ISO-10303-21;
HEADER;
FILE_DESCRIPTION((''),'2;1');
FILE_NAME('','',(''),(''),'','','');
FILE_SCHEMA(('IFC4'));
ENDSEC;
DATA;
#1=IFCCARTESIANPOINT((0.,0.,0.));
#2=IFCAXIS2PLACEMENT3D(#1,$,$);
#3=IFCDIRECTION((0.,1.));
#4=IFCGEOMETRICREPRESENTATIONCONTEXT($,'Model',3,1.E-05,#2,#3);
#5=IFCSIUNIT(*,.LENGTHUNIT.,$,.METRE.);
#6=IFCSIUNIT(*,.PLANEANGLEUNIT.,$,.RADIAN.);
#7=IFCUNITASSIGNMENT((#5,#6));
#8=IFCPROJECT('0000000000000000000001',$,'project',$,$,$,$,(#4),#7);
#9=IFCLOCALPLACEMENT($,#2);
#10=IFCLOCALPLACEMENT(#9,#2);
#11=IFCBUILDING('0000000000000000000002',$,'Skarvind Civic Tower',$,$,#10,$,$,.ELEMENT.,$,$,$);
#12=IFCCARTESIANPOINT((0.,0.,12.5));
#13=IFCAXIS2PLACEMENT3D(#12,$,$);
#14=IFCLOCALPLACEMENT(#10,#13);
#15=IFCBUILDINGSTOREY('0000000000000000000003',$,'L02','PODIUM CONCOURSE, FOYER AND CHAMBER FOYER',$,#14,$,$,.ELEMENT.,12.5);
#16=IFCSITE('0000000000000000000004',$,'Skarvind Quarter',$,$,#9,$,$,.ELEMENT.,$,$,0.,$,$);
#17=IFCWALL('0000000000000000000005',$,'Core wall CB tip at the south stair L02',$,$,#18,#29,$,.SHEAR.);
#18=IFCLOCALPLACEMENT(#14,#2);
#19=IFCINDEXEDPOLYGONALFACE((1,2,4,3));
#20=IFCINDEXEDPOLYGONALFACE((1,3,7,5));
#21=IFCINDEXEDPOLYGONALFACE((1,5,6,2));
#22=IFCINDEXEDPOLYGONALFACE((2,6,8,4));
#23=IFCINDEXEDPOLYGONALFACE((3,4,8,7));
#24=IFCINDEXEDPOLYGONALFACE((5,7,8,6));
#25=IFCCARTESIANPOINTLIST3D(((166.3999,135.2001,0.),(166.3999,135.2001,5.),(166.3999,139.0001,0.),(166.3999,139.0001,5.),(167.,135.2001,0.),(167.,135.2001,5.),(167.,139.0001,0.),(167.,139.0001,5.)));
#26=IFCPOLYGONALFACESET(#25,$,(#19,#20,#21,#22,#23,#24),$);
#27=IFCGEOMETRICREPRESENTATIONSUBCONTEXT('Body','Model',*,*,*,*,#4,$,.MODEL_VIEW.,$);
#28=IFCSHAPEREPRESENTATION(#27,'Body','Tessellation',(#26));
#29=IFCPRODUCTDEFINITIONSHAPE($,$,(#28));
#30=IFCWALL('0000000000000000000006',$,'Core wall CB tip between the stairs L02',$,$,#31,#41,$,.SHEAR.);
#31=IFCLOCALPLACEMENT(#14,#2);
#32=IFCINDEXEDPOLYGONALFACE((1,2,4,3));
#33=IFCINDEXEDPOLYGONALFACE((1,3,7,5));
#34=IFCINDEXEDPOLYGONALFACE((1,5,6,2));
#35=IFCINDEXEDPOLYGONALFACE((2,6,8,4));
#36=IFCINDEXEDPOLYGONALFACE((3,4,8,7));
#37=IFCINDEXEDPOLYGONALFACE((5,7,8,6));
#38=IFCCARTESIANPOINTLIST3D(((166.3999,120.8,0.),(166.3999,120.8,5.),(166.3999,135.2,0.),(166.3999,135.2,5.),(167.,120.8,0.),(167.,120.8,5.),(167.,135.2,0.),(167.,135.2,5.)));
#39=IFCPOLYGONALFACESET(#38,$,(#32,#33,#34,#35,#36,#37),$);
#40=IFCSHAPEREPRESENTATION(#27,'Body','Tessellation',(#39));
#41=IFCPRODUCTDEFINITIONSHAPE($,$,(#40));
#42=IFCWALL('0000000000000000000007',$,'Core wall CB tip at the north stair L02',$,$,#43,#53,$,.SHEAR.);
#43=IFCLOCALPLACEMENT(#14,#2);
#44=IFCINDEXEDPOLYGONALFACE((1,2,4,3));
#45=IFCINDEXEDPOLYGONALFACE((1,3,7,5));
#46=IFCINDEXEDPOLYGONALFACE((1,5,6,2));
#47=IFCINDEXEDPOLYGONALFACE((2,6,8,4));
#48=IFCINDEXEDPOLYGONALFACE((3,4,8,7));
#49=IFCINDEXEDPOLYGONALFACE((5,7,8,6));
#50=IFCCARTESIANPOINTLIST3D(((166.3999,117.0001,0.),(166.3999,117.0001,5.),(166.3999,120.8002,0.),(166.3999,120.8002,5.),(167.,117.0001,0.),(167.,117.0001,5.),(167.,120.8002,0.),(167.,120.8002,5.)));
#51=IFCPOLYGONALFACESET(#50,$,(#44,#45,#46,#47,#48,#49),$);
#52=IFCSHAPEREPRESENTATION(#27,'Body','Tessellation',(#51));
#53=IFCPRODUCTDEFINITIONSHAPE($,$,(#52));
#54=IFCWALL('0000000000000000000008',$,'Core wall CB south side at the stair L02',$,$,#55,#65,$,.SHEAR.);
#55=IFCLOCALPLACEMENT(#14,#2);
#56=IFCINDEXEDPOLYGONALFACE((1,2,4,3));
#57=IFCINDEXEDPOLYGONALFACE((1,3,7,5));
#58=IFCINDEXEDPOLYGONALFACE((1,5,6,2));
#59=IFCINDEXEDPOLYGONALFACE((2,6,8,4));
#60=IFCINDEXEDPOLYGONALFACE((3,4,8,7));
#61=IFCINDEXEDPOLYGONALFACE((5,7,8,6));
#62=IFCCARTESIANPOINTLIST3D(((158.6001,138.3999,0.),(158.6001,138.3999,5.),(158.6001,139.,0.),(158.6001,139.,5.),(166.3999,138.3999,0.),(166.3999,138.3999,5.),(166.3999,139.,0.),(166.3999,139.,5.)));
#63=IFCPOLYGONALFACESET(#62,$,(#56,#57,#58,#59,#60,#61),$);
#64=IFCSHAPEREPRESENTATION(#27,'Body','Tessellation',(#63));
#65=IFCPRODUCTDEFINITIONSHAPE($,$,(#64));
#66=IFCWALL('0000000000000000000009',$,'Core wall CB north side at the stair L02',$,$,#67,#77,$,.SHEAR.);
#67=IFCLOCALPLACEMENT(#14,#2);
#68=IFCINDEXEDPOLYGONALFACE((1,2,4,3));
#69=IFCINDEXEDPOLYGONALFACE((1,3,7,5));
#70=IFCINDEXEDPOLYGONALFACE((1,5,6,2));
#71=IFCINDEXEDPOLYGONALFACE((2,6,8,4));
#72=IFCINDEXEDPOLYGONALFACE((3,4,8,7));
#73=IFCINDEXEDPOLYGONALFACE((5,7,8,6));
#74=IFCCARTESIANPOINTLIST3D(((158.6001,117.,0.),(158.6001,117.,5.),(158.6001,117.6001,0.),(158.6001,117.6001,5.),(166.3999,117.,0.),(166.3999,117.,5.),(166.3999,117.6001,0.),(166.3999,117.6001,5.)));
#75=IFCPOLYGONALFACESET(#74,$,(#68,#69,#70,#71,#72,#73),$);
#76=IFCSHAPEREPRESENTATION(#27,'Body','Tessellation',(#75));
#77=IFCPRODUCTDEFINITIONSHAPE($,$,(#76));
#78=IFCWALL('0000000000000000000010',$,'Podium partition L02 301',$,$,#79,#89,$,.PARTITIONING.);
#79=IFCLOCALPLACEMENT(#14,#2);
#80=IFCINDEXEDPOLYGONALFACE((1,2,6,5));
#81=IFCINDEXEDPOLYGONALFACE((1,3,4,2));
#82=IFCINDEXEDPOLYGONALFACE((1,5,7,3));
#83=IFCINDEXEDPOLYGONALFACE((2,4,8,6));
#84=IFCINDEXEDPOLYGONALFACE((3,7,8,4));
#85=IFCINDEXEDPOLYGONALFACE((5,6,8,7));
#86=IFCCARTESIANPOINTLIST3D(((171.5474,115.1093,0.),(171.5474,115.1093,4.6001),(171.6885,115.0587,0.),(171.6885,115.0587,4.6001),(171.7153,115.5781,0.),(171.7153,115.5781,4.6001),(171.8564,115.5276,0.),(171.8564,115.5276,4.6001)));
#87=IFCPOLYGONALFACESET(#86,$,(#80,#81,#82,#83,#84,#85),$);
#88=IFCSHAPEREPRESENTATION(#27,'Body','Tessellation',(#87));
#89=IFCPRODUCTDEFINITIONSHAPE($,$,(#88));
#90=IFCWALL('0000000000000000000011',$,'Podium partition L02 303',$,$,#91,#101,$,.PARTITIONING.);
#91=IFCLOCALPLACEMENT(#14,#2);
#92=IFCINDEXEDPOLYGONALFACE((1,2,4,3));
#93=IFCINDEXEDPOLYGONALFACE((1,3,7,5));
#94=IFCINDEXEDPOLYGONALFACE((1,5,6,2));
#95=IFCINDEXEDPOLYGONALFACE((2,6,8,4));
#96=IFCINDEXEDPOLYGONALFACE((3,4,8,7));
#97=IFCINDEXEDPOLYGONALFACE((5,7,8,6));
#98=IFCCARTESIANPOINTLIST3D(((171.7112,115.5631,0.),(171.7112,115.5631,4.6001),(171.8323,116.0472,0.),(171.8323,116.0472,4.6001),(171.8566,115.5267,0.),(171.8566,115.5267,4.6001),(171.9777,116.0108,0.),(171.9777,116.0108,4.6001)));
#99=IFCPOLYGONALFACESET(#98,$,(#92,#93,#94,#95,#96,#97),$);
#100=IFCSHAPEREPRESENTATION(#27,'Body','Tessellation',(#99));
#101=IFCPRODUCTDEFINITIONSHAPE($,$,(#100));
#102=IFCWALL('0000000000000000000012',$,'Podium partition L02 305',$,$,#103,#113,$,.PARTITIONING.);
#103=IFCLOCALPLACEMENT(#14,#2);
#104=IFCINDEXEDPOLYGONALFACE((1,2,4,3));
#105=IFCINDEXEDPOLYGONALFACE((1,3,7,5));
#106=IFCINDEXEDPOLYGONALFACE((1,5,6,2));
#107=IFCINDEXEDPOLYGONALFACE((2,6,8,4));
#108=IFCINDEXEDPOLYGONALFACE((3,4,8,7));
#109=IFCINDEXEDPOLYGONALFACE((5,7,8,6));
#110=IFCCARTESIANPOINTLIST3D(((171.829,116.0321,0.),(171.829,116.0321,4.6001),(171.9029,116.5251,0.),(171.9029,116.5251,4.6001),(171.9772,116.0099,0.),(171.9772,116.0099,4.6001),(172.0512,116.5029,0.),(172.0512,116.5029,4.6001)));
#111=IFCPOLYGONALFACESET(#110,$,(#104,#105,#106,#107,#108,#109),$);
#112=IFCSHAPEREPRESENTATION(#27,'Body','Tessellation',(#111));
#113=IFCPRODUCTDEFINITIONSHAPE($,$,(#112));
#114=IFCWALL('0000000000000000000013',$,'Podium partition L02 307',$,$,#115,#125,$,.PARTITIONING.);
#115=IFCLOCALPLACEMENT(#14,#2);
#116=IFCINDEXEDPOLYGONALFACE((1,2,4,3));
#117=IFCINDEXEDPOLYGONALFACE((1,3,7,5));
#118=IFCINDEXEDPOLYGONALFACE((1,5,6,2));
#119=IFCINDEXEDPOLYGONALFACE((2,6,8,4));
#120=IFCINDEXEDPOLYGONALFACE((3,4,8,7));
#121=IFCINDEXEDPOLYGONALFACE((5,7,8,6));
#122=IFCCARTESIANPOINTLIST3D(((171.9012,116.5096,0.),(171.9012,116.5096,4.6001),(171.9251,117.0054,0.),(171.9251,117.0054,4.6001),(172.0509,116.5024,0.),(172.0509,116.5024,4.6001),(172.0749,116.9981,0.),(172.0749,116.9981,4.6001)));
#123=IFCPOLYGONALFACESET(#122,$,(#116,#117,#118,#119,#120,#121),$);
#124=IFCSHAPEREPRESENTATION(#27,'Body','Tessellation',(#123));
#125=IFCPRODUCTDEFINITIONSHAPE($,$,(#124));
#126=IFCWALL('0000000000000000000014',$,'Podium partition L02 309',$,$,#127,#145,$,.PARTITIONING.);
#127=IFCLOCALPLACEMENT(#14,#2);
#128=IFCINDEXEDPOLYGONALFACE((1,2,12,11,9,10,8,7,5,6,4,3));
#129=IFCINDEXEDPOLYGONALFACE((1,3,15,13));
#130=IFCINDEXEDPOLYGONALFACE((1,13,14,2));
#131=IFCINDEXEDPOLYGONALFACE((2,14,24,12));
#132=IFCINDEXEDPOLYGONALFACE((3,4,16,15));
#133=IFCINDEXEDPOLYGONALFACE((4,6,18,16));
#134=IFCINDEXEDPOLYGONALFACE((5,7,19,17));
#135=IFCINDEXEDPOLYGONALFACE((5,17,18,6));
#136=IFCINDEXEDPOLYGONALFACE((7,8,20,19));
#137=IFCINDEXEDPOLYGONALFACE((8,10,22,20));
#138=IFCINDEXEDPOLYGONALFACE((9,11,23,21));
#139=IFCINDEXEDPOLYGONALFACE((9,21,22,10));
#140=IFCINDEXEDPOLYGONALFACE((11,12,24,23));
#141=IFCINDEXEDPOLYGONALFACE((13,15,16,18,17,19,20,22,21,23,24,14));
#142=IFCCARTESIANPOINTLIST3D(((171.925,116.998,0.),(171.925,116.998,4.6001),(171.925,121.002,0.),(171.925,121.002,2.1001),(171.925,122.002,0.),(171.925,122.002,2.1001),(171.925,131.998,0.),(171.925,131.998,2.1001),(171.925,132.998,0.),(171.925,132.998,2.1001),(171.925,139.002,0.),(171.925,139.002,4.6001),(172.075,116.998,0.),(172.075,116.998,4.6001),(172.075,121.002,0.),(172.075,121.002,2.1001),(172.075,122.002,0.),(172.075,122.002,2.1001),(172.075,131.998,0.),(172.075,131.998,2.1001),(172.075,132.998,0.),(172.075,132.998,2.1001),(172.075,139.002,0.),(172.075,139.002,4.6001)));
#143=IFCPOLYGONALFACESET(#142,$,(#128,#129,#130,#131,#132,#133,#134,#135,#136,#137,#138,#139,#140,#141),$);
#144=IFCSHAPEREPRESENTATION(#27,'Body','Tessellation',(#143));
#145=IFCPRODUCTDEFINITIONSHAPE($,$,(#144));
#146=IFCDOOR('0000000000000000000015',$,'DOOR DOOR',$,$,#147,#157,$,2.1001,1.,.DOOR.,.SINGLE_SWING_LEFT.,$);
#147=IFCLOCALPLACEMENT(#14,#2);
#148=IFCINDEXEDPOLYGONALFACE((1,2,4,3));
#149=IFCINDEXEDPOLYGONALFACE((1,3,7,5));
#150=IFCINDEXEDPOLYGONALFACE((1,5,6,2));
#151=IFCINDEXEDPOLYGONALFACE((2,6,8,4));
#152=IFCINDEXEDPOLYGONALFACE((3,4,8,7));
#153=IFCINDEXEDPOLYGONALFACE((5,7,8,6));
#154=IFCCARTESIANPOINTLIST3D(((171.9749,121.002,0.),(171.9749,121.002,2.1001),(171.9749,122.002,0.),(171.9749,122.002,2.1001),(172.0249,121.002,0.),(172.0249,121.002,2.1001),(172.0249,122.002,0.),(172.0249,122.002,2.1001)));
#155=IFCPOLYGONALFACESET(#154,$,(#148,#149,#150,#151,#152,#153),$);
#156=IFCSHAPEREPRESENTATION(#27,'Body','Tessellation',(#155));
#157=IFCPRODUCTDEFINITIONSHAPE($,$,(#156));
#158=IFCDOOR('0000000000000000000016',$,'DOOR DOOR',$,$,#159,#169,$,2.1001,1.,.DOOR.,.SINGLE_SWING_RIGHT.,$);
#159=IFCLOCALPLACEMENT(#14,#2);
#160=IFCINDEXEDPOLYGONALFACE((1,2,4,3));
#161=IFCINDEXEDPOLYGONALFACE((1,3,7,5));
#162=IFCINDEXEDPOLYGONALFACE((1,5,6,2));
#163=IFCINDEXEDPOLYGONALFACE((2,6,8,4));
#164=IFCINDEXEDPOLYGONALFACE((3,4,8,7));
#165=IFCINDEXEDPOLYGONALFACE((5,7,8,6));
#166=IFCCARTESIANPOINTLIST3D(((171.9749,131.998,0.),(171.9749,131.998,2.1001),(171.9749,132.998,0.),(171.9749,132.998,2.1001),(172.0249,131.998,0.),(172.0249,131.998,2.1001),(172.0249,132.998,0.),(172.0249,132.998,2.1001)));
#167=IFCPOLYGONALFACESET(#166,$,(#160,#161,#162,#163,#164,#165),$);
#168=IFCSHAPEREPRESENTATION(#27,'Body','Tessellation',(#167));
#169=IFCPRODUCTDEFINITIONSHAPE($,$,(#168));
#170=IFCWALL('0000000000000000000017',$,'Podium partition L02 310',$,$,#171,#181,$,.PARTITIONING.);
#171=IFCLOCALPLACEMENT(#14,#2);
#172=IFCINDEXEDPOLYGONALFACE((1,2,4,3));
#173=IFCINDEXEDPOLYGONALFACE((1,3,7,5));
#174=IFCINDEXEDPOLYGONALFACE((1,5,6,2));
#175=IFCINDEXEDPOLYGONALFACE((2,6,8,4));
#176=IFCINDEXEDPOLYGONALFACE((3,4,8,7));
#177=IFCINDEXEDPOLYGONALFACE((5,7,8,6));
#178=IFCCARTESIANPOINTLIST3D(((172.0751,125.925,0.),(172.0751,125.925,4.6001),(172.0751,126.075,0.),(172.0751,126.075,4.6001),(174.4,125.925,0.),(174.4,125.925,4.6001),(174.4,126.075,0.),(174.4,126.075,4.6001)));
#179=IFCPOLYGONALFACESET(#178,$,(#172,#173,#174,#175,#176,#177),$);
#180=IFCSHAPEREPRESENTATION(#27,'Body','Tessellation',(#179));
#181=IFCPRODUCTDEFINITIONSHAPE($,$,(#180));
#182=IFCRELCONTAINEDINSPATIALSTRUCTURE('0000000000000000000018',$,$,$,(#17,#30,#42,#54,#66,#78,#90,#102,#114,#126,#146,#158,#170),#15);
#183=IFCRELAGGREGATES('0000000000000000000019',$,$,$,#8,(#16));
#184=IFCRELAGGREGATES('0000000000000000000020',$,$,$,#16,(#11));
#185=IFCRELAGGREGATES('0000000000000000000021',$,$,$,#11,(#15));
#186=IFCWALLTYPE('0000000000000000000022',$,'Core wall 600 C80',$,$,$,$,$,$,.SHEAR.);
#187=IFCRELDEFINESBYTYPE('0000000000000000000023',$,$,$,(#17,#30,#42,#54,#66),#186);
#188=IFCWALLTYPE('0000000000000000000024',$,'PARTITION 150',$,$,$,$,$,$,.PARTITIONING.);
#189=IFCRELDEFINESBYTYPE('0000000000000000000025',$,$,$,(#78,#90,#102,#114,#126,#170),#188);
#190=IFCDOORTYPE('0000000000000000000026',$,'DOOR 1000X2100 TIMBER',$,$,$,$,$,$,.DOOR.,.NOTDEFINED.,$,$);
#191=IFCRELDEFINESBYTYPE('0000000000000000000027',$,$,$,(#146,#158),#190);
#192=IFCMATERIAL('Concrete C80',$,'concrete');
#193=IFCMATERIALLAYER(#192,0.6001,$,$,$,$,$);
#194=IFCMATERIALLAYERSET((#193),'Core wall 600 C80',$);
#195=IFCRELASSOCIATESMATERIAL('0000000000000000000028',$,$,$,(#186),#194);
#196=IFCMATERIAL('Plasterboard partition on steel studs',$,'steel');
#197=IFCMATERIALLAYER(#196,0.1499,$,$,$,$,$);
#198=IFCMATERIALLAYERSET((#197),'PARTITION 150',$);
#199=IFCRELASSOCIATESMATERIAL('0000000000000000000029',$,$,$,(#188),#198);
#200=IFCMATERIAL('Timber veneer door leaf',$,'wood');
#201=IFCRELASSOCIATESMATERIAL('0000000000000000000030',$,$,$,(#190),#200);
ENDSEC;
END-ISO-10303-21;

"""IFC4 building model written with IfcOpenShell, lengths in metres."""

from ifc_helpers import new_model, si_unit, direction, frame, frame_2d, origin, place, context, subcontext, project, spatial, rectangle, extrude, material, layer, layer_set, type_object, element, fill, save


model = new_model("IFC4")

# Units and contexts
model_context = context("Model", 3, precision=1e-05, world=origin(), true_north=direction((0.0, 1.0)))
body_context = subcontext(model_context, "Body", "Model", "MODEL_VIEW")
ifc_project = project(units=[si_unit("LENGTHUNIT", "METRE"), si_unit("PLANEANGLEUNIT", "RADIAN")], contexts=[model_context])

# Site, building, storey
site_placement = place(None, origin())
site = spatial("IfcSite", under=ifc_project, at=site_placement, Name="Skarvind Quarter", CompositionType="ELEMENT", RefElevation=0.0)
building_placement = place(site_placement, origin())
building = spatial("IfcBuilding", under=site, at=building_placement, Name="Skarvind Civic Tower", CompositionType="ELEMENT")
storey_placement = place(building_placement, frame((0.0, 0.0, 12.5)))
storey = spatial("IfcBuildingStorey", under=building, at=storey_placement, Name="L02", Description="PODIUM CONCOURSE, FOYER AND CHAMBER FOYER", CompositionType="ELEMENT", Elevation=12.5)

# Shared definitions
ifc_material_1 = material(Name="Concrete C80", Category="concrete")

# Walls
ifc_layer_1 = layer(ifc_material_1, 0.6001)
ifc_layer_set_1 = layer_set([ifc_layer_1], Name="Core wall 600 C80")
wall_type_1 = type_object("IfcWallType", Name="Core wall 600 C80", PredefinedType="SHEAR", material=ifc_layer_set_1)
wall_1_placement = place(storey_placement, frame((166.7, 139.0, 0.0), z_axis=(0.0, 0.0, 1.0), x_axis=(0.0, -1.0, 0.0)))
element("IfcWall", 1, at=wall_1_placement, inside=storey, type_object=wall_type_1, Name="Core wall CB tip at the south stair L02", PredefinedType="SHEAR", context=body_context, shape_type="SweptSolid", body=[
    extrude(rectangle(XDim=3.8, YDim=0.6001, at=frame_2d((1.8999, 0.0))), origin(), (0.0, 0.0, 1.0), 5.0),
])
wall_2_placement = place(storey_placement, frame((166.7, 135.2, 0.0), z_axis=(0.0, 0.0, 1.0), x_axis=(0.0, -1.0, 0.0)))
element("IfcWall", 2, at=wall_2_placement, inside=storey, type_object=wall_type_1, Name="Core wall CB tip between the stairs L02", PredefinedType="SHEAR", context=body_context, shape_type="SweptSolid", body=[
    extrude(rectangle(XDim=14.3999, YDim=0.6001, at=frame_2d((7.2, 0.0))), origin(), (0.0, 0.0, 1.0), 5.0),
])
wall_3_placement = place(storey_placement, frame((166.7, 120.8, 0.0), z_axis=(0.0, 0.0, 1.0), x_axis=(0.0, -1.0, 0.0)))
element("IfcWall", 3, at=wall_3_placement, inside=storey, type_object=wall_type_1, Name="Core wall CB tip at the north stair L02", PredefinedType="SHEAR", context=body_context, shape_type="SweptSolid", body=[
    extrude(rectangle(XDim=3.8, YDim=0.6001, at=frame_2d((1.8999, 0.0))), origin(), (0.0, 0.0, 1.0), 5.0),
])
for number, where, z_axis, x_axis, name in (
    (4, (166.3999, 138.7, 0.0), (0.0, 0.0, 1.0), (-1.0, 0.0, 0.0), "Core wall CB south side at the stair L02"),
    (5, (166.3999, 117.3, 0.0), (0.0, 0.0, 1.0), (-1.0, 0.0, 0.0), "Core wall CB north side at the stair L02"),
):
    element("IfcWall", number, at=place(storey_placement, frame(where, z_axis=z_axis, x_axis=x_axis)), inside=storey, type_object=wall_type_1, Name=name, PredefinedType="SHEAR", context=body_context, shape_type="SweptSolid", body=[
        extrude(rectangle(XDim=7.7998, YDim=0.6001, at=frame_2d((3.8999, 0.0))), origin(), (0.0, 0.0, 1.0), 5.0),
    ])
ifc_material_2 = material(Name="Plasterboard partition on steel studs", Category="steel")
ifc_layer_2 = layer(ifc_material_2, 0.1499)
ifc_layer_set_2 = layer_set([ifc_layer_2], Name="PARTITION 150")
wall_type_2 = type_object("IfcWallType", Name="PARTITION 150", PredefinedType="PARTITIONING", material=ifc_layer_set_2)
wall_4_placement = place(storey_placement, frame((171.6179, 115.084, 0.0), z_axis=(0.0, 0.0, 1.0), x_axis=(0.337174, 0.941442, 0.0)))
element("IfcWall", 6, at=wall_4_placement, inside=storey, type_object=wall_type_2, Name="Podium partition L02 301", PredefinedType="PARTITIONING", context=body_context, shape_type="SweptSolid", body=[
    extrude(rectangle(XDim=0.498, YDim=0.1499, at=frame_2d((0.249, 0.0))), origin(), (0.0, 0.0, 1.0), 4.6001),
])
wall_5_placement = place(storey_placement, frame((171.7839, 115.5449, 0.0), z_axis=(0.0, 0.0, 1.0), x_axis=(0.242651, 0.970114, 0.0)))
element("IfcWall", 7, at=wall_5_placement, inside=storey, type_object=wall_type_2, Name="Podium partition L02 303", PredefinedType="PARTITIONING", context=body_context, shape_type="SweptSolid", body=[
    extrude(rectangle(XDim=0.499, YDim=0.1499, at=frame_2d((0.2495, 0.0))), origin(), (0.0, 0.0, 1.0), 4.6001),
])
wall_6_placement = place(storey_placement, frame((171.9031, 116.021, 0.0), z_axis=(0.0, 0.0, 1.0), x_axis=(0.148412, 0.988926, 0.0)))
element("IfcWall", 8, at=wall_6_placement, inside=storey, type_object=wall_type_2, Name="Podium partition L02 305", PredefinedType="PARTITIONING", context=body_context, shape_type="SweptSolid", body=[
    extrude(rectangle(XDim=0.4985, YDim=0.1499, at=frame_2d((0.2493, 0.0))), origin(), (0.0, 0.0, 1.0), 4.6001),
])
wall_7_placement = place(storey_placement, frame((171.9761, 116.5061, 0.0), z_axis=(0.0, 0.0, 1.0), x_axis=(0.048196, 0.998838, 0.0)))
element("IfcWall", 9, at=wall_7_placement, inside=storey, type_object=wall_type_2, Name="Podium partition L02 307", PredefinedType="PARTITIONING", context=body_context, shape_type="SweptSolid", body=[
    extrude(rectangle(XDim=0.4963, YDim=0.1499, at=frame_2d((0.248, 0.0))), origin(), (0.0, 0.0, 1.0), 4.6001),
])

# Wall, openings, doors
wall_8_placement = place(storey_placement, frame((172.0, 139.002, 0.0), z_axis=(0.0, 0.0, 1.0), x_axis=(0.0, -1.0, 0.0)))
wall_8 = element("IfcWall", 10, at=wall_8_placement, inside=storey, type_object=wall_type_2, Name="Podium partition L02 309", PredefinedType="PARTITIONING", context=body_context, shape_type="SweptSolid", body=[
    extrude(rectangle(XDim=22.0039, YDim=0.1499, at=frame_2d((11.002, 0.0))), origin(), (0.0, 0.0, 1.0), 4.6001),
])
opening_1_placement = place(wall_8_placement, frame((17.0, 0.0, 0.0)))
opening_1 = element("IfcOpeningElement", 11, at=opening_1_placement, cuts=wall_8, PredefinedType="OPENING", context=body_context, shape_type="SweptSolid", body=[
    extrude(rectangle(XDim=1.0, YDim=2.1001, at=frame_2d((0.5, 1.05))), frame((0.0, 0.085, 0.0), z_axis=(0.0, -1.0, 0.0), x_axis=(1.0, 0.0, 0.0)), (0.0, 0.0, 1.0), 0.1699),
])
opening_2_placement = place(wall_8_placement, frame((6.0039, 0.0, 0.0)))
opening_2 = element("IfcOpeningElement", 12, at=opening_2_placement, cuts=wall_8, PredefinedType="OPENING", context=body_context, shape_type="SweptSolid", body=[
    extrude(rectangle(XDim=1.0, YDim=2.1001, at=frame_2d((0.5, 1.05))), frame((0.0, 0.085, 0.0), z_axis=(0.0, -1.0, 0.0), x_axis=(1.0, 0.0, 0.0)), (0.0, 0.0, 1.0), 0.1699),
])
ifc_material_3 = material(Name="Timber veneer door leaf", Category="wood")
door_type_1 = type_object("IfcDoorType", Name="DOOR 1000X2100 TIMBER", OperationType="NOTDEFINED", PredefinedType="DOOR", material=ifc_material_3)
door_1_placement = place(opening_1_placement, origin())
door_1 = element("IfcDoor", 13, at=door_1_placement, inside=storey, type_object=door_type_1, Name="DOOR DOOR", OperationType="SINGLE_SWING_LEFT", OverallHeight=2.1001, OverallWidth=1.0, PredefinedType="DOOR", context=body_context, shape_type="SweptSolid", body=[
    extrude(rectangle(XDim=1.0, YDim=2.1001, at=frame_2d((0.5, 1.05))), frame((0.0, 0.0249, 0.0), z_axis=(0.0, -1.0, 0.0), x_axis=(1.0, 0.0, 0.0)), (0.0, 0.0, 1.0), 0.05),
])
fill(opening_1, door_1)
door_2_placement = place(opening_2_placement, origin())
door_2 = element("IfcDoor", 14, at=door_2_placement, inside=storey, type_object=door_type_1, Name="DOOR DOOR", OperationType="SINGLE_SWING_RIGHT", OverallHeight=2.1001, OverallWidth=1.0, PredefinedType="DOOR", context=body_context, shape_type="SweptSolid", body=[
    extrude(rectangle(XDim=1.0, YDim=2.1001, at=frame_2d((0.5, 1.05))), frame((0.0, 0.0249, 0.0), z_axis=(0.0, -1.0, 0.0), x_axis=(1.0, 0.0, 0.0)), (0.0, 0.0, 1.0), 0.05),
])
fill(opening_2, door_2)

# Wall
wall_9_placement = place(storey_placement, frame((172.075, 126.0, 0.0), z_axis=(0.0, 0.0, 1.0), x_axis=(1.0, 0.0, 0.0)))
element("IfcWall", 15, at=wall_9_placement, inside=storey, type_object=wall_type_2, Name="Podium partition L02 310", PredefinedType="PARTITIONING", context=body_context, shape_type="SweptSolid", body=[
    extrude(rectangle(XDim=2.325, YDim=0.1499, at=frame_2d((1.1626, 0.0))), origin(), (0.0, 0.0, 1.0), 4.6001),
])

save(model, "model.ifc")
